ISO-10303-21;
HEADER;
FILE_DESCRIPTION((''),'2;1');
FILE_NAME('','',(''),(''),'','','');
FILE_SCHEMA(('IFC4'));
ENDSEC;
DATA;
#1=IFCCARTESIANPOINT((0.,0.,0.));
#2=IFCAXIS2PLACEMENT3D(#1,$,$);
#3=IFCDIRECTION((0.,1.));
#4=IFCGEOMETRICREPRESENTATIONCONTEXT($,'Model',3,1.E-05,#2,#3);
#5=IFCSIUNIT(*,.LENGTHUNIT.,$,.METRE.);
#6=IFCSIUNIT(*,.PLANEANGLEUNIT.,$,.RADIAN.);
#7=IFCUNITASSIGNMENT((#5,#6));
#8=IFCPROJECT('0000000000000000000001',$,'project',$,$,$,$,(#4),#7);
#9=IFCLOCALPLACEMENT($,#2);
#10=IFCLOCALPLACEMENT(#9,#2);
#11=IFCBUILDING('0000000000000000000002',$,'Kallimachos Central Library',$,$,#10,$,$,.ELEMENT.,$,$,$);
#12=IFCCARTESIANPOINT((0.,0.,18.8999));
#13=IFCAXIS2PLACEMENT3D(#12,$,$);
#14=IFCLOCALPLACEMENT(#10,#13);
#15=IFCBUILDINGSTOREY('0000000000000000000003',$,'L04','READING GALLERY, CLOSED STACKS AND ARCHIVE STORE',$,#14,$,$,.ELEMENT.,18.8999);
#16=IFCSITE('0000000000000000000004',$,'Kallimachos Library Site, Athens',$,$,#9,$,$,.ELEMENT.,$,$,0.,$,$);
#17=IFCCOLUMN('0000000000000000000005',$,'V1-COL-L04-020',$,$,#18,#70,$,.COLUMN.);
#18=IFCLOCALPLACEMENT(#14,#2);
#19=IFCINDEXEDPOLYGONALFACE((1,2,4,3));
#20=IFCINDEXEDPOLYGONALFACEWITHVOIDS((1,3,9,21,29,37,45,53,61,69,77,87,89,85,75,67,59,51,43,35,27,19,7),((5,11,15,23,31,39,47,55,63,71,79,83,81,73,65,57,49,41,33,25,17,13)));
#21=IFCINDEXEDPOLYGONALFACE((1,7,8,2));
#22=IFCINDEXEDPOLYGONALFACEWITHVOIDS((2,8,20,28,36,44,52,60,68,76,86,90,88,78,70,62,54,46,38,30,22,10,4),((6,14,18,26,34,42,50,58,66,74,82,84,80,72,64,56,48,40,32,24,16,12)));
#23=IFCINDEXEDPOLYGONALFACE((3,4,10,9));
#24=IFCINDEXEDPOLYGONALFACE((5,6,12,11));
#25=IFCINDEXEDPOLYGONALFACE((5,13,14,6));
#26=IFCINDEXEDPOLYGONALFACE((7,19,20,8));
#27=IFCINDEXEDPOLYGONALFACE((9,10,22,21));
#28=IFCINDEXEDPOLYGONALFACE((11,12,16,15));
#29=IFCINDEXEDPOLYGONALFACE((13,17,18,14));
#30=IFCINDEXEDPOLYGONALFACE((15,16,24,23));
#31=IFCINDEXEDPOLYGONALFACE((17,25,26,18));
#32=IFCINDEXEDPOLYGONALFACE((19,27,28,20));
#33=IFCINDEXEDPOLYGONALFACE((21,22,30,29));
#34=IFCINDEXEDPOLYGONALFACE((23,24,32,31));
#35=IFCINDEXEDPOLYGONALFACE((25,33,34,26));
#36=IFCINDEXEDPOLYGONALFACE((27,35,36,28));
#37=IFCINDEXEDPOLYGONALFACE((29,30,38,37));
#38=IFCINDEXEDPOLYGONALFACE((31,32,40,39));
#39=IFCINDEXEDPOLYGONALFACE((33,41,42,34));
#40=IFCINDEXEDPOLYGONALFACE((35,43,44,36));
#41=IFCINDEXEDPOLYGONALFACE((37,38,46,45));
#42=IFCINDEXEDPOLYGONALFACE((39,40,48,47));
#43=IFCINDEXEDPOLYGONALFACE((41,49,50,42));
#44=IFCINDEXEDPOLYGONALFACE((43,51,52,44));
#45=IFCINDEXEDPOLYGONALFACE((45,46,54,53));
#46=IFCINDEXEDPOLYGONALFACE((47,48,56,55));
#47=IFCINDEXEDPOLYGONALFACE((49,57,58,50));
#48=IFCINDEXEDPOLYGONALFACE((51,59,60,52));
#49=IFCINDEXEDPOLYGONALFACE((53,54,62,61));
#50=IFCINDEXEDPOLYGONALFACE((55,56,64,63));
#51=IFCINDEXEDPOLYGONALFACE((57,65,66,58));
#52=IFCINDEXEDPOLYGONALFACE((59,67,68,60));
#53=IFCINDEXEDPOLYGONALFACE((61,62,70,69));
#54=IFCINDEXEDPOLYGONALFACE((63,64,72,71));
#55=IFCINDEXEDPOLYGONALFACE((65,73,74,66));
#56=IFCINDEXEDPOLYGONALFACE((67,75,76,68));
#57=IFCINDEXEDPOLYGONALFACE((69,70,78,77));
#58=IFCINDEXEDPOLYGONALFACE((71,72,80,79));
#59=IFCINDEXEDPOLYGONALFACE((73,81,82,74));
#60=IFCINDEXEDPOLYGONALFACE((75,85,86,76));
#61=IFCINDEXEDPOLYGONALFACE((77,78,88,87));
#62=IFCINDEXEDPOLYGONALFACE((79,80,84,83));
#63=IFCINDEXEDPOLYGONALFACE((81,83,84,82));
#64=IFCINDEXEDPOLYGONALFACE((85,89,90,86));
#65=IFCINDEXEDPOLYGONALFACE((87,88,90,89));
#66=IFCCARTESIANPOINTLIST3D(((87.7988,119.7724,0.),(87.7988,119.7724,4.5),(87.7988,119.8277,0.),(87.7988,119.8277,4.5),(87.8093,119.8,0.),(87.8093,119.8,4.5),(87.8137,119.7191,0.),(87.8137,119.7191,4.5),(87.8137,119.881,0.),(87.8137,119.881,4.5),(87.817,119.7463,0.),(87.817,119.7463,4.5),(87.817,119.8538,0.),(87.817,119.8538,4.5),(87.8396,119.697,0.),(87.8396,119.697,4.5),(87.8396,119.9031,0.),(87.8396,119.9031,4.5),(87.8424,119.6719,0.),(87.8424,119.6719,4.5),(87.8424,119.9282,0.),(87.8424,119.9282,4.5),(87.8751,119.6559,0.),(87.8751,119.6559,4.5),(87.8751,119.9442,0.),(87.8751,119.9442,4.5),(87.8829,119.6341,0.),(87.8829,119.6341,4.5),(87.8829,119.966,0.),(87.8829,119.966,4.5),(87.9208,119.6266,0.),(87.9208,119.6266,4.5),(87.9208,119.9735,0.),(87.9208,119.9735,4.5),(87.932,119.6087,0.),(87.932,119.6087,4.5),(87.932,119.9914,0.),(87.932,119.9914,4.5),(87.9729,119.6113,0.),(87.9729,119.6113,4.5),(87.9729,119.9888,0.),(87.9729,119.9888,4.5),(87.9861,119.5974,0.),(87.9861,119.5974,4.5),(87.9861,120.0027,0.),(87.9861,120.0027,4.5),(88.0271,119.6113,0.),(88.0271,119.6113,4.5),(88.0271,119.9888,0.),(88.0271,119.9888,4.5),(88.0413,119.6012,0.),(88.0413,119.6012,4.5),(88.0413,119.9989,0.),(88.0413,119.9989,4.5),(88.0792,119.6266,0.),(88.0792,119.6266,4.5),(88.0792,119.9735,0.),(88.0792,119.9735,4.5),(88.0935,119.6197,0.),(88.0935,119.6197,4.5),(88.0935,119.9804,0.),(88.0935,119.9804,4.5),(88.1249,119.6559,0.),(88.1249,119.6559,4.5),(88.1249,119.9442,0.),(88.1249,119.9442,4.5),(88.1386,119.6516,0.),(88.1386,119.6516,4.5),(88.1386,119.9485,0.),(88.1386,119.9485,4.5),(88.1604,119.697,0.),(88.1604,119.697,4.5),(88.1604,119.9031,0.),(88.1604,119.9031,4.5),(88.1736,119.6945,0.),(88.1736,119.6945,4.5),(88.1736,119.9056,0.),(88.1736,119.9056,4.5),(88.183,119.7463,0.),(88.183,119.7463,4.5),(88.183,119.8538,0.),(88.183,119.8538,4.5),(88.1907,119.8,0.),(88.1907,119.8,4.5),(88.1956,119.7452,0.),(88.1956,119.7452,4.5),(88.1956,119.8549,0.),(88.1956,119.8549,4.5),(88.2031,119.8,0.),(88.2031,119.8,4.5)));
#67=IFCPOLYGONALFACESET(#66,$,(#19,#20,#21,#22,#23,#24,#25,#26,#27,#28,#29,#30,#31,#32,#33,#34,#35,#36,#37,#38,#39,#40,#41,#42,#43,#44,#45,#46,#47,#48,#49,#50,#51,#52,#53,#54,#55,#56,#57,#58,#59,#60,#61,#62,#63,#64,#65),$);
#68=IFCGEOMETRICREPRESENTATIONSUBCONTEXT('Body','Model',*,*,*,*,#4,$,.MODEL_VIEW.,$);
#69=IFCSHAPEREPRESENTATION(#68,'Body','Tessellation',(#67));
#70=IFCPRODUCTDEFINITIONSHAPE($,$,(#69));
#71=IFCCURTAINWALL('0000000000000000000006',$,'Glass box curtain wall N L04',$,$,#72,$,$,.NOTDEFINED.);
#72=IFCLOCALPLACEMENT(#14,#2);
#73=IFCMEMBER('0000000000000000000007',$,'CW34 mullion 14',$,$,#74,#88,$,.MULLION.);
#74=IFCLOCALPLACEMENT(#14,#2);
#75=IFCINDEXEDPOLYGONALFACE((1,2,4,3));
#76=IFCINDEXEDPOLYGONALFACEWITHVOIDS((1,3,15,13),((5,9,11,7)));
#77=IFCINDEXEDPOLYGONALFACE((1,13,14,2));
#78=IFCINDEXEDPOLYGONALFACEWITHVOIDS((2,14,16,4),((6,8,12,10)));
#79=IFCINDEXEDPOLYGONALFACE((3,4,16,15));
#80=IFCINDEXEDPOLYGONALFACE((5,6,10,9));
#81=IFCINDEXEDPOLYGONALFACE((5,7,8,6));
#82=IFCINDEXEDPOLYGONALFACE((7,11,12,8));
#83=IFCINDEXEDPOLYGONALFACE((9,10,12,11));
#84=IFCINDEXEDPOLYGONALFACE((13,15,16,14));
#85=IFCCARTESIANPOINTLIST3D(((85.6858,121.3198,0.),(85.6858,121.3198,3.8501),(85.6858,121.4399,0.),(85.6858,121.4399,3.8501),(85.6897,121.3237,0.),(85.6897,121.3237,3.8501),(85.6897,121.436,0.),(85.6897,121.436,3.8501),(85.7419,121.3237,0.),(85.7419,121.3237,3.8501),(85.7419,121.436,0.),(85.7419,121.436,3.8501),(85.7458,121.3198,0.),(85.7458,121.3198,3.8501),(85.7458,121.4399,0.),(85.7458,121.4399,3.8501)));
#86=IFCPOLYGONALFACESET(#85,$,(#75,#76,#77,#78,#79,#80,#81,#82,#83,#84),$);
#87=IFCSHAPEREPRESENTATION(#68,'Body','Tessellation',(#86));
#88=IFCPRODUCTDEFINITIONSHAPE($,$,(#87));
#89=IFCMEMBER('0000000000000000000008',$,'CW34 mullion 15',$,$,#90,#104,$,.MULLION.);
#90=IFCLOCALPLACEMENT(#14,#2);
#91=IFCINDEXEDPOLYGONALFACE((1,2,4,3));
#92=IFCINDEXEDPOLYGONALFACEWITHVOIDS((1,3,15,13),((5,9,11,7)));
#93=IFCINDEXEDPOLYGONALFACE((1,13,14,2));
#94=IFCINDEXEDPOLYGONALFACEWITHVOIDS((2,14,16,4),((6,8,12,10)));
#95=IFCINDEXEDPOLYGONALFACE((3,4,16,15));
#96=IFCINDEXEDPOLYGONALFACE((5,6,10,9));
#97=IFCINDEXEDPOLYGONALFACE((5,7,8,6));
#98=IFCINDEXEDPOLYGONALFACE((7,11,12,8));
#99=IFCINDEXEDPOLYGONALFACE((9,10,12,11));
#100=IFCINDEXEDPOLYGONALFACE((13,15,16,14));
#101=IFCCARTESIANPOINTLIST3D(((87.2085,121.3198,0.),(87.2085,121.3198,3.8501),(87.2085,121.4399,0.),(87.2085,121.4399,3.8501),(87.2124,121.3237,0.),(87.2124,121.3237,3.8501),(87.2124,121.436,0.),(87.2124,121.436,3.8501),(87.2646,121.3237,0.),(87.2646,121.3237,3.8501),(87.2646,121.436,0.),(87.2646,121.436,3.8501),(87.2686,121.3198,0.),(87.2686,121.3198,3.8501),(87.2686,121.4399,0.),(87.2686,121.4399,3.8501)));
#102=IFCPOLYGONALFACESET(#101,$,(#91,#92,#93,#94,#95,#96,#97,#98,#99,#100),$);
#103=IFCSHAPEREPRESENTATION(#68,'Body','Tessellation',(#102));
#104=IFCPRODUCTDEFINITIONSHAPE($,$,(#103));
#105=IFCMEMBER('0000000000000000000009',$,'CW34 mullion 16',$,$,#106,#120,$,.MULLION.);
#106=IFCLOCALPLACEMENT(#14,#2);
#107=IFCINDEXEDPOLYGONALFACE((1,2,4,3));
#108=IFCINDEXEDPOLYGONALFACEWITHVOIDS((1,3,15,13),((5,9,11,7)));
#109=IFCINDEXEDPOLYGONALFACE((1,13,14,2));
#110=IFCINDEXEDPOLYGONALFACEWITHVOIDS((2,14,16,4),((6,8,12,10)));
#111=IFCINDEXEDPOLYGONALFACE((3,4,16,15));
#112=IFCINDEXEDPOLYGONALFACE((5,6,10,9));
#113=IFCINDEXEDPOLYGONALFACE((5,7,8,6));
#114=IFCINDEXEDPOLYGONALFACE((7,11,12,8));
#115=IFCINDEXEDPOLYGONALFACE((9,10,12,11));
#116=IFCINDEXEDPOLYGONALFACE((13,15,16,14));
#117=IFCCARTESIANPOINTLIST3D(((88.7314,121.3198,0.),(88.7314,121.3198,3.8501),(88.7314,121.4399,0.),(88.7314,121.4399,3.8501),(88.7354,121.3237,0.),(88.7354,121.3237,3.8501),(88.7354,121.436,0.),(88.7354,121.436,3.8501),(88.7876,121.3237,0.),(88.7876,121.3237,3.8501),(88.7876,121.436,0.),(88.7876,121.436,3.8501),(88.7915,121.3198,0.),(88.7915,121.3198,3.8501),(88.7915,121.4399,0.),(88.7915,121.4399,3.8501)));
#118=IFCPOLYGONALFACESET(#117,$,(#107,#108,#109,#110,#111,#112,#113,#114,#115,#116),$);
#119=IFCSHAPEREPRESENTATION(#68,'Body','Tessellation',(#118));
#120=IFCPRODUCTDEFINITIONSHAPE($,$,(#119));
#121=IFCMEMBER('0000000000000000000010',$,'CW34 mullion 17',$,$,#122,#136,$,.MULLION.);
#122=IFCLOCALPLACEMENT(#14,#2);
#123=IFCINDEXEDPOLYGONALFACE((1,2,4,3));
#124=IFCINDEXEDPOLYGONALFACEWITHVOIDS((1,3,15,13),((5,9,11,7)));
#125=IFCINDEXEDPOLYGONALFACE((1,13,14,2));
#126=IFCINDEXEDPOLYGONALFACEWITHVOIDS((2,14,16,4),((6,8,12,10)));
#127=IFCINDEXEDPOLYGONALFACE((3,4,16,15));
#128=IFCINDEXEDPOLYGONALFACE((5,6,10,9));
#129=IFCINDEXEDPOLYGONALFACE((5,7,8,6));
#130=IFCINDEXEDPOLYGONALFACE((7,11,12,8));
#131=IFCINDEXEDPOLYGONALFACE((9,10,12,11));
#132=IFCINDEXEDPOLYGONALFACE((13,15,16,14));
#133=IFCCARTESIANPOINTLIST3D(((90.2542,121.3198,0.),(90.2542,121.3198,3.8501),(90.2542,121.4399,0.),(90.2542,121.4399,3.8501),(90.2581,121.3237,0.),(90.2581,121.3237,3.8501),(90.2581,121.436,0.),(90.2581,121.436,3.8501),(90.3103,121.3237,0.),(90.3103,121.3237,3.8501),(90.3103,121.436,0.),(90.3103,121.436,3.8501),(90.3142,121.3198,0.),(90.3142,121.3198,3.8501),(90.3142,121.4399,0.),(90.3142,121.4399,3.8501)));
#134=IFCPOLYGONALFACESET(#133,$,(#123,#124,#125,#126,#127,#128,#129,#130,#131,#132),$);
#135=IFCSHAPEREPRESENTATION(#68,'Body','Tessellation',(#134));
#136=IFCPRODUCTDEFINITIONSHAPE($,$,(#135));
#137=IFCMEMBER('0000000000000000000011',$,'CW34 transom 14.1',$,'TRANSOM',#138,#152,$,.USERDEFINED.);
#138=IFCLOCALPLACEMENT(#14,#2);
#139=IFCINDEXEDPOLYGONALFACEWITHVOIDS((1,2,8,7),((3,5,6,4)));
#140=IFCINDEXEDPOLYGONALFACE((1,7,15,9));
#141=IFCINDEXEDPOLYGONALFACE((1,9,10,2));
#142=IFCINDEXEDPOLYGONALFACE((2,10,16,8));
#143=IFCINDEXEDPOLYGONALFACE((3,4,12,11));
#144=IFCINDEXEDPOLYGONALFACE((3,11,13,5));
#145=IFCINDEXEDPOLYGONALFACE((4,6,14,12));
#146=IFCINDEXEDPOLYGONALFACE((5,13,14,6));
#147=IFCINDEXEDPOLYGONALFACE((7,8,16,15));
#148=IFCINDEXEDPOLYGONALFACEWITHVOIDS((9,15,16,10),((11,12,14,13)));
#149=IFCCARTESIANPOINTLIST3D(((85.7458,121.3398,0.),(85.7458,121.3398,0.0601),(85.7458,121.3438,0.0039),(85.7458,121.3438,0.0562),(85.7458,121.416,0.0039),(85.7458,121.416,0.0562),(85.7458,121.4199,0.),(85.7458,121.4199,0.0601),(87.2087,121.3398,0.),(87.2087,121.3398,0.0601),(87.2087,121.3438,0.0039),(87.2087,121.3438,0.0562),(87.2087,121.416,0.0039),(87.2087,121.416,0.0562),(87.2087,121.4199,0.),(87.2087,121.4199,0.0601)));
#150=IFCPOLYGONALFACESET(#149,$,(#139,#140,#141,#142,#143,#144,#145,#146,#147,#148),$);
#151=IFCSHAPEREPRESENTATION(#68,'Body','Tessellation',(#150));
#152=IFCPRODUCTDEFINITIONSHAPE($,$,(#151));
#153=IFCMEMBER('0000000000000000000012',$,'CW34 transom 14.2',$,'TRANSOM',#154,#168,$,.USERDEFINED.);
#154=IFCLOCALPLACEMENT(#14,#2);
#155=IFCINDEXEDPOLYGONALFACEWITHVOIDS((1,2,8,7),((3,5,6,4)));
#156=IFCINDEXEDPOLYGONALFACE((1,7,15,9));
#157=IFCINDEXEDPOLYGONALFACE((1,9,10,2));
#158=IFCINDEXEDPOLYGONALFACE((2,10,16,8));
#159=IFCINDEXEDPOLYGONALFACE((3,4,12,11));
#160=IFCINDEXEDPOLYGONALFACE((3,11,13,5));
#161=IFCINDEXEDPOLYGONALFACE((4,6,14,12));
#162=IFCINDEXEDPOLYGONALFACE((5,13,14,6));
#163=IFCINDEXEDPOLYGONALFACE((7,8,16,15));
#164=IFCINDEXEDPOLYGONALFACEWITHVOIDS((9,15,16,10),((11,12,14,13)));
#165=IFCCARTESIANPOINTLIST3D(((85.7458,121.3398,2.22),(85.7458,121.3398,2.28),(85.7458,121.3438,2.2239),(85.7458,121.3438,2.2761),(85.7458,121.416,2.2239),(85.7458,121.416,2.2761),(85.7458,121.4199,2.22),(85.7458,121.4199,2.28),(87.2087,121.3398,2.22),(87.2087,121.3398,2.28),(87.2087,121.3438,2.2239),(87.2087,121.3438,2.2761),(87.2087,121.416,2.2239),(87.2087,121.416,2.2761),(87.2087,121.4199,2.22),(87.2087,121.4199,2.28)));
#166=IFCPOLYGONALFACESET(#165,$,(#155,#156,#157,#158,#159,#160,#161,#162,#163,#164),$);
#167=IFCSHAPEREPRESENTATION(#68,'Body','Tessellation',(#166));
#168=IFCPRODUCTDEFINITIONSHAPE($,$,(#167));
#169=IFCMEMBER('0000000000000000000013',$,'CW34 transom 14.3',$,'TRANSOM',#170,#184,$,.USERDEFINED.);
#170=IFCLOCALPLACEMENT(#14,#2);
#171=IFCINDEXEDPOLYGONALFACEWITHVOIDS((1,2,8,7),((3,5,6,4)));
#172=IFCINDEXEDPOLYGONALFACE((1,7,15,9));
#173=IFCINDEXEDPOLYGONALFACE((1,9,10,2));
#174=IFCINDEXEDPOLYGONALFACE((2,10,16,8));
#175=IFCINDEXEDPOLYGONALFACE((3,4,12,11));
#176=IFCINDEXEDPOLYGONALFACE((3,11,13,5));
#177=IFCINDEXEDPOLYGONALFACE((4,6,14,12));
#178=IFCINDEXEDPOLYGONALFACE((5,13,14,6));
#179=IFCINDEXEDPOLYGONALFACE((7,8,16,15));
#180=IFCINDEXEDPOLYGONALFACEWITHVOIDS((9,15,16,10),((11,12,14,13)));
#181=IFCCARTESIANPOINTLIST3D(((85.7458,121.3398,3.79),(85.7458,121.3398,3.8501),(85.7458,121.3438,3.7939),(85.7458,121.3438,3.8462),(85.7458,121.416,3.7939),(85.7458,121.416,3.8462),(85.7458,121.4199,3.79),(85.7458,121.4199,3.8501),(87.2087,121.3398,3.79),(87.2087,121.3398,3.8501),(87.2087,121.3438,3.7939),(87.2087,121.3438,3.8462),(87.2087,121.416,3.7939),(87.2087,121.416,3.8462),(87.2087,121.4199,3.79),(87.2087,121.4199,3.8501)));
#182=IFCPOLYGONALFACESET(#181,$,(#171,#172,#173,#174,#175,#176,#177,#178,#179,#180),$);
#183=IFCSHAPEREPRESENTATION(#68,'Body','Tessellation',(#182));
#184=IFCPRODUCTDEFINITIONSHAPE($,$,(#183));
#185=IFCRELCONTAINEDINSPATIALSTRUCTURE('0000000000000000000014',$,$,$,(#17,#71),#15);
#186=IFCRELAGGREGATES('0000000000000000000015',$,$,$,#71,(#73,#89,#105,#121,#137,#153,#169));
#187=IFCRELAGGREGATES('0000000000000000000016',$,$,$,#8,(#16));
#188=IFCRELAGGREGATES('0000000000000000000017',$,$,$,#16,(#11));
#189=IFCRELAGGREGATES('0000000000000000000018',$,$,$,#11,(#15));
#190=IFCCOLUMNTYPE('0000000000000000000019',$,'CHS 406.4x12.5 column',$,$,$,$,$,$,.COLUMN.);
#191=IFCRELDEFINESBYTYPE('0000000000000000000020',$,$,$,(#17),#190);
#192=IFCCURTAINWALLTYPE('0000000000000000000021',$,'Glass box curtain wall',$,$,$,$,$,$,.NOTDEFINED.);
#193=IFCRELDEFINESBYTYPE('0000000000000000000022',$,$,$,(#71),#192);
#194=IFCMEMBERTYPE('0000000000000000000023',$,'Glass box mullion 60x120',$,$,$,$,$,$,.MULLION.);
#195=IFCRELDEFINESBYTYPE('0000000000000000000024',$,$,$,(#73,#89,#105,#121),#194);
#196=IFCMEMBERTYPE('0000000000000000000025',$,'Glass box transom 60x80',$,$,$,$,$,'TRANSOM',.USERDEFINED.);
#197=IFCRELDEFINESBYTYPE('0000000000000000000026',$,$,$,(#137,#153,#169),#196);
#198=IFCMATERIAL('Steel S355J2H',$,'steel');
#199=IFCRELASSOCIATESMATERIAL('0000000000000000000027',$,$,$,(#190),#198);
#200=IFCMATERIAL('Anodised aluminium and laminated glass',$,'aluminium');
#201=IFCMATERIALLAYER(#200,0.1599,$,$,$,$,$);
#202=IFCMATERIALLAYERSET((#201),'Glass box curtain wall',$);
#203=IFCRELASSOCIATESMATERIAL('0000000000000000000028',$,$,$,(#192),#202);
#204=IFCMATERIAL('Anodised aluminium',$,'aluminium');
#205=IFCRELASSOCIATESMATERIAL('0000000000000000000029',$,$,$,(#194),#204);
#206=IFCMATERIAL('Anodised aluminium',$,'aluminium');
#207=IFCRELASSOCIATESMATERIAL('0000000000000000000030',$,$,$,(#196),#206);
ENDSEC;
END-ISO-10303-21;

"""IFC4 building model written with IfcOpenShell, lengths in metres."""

from ifc_helpers import new_model, si_unit, direction, frame, origin, origin_2d, place, context, subcontext, project, spatial, hollow_rectangle, hollow_circle, extrude, material, layer, layer_set, material_profile, profile_set, type_object, element, aggregate, save


model = new_model("IFC4")

# Units and contexts
model_context = context("Model", 3, precision=1e-05, world=origin(), true_north=direction((0.0, 1.0)))
body_context = subcontext(model_context, "Body", "Model", "MODEL_VIEW")
ifc_project = project(units=[si_unit("LENGTHUNIT", "METRE"), si_unit("PLANEANGLEUNIT", "RADIAN")], contexts=[model_context])

# Site, building, storey
site_placement = place(None, origin())
site = spatial("IfcSite", under=ifc_project, at=site_placement, Name="Kallimachos Library Site, Athens", CompositionType="ELEMENT", RefElevation=0.0)
building_placement = place(site_placement, origin())
building = spatial("IfcBuilding", under=site, at=building_placement, Name="Kallimachos Central Library", CompositionType="ELEMENT")
storey_placement = place(building_placement, frame((0.0, 0.0, 18.8999)))
storey = spatial("IfcBuildingStorey", under=building, at=storey_placement, Name="L04", Description="READING GALLERY, CLOSED STACKS AND ARCHIVE STORE", CompositionType="ELEMENT", Elevation=18.8999)

# Column
ifc_material_1 = material(Name="Steel S355J2H", Category="steel")
ifc_material_profile_1 = material_profile(ifc_material_1, hollow_circle(Radius=0.2031, WallThickness=0.0125, at=origin_2d()), Name="CHS 406.4x12.5")
ifc_profile_set_1 = profile_set([ifc_material_profile_1], Name="Steel S355J2H")
column_type = type_object("IfcColumnType", Name="CHS 406.4x12.5 column", PredefinedType="COLUMN", material=ifc_profile_set_1)
column_placement = place(storey_placement, frame((88.0, 119.8, 0.0), z_axis=(0.0, 0.0, 1.0), x_axis=(1.0, 0.0, 0.0)))
element("IfcColumn", 1, at=column_placement, inside=storey, type_object=column_type, Name="V1-COL-L04-020", PredefinedType="COLUMN", context=body_context, shape_type="SweptSolid", body=[
    extrude(hollow_circle(Radius=0.2031, WallThickness=0.0125, at=origin_2d()), origin(), (0.0, 0.0, 1.0), 4.5),
])

# Curtain wall, members
ifc_material_2 = material(Name="Anodised aluminium and laminated glass", Category="aluminium")
ifc_layer_1 = layer(ifc_material_2, 0.1599)
ifc_layer_set_1 = layer_set([ifc_layer_1], Name="Glass box curtain wall")
curtain_wall_type = type_object("IfcCurtainWallType", Name="Glass box curtain wall", PredefinedType="NOTDEFINED", material=ifc_layer_set_1)
curtain_wall_placement = place(storey_placement, origin())
curtain_wall = element("IfcCurtainWall", 2, at=curtain_wall_placement, inside=storey, type_object=curtain_wall_type, Name="Glass box curtain wall N L04", PredefinedType="NOTDEFINED")
ifc_material_3 = material(Name="Anodised aluminium", Category="aluminium")
ifc_material_profile_2 = material_profile(ifc_material_3, hollow_rectangle(XDim=0.0601, YDim=0.1201, WallThickness=0.0039, at=origin_2d()), Name="ALU MULLION 60x120")
ifc_profile_set_2 = profile_set([ifc_material_profile_2], Name="Anodised aluminium")
member_type_1 = type_object("IfcMemberType", Name="Glass box mullion 60x120", PredefinedType="MULLION", material=ifc_profile_set_2)
member_1_placement = place(storey_placement, frame((85.7158, 121.3799, 0.0), z_axis=(0.0, 0.0, 1.0), x_axis=(1.0, 0.0, 0.0)))
member_1 = element("IfcMember", 3, at=member_1_placement, type_object=member_type_1, Name="CW34 mullion 14", PredefinedType="MULLION", context=body_context, shape_type="SweptSolid", body=[
    extrude(hollow_rectangle(XDim=0.0601, YDim=0.1201, WallThickness=0.0039, at=origin_2d()), origin(), (0.0, 0.0, 1.0), 3.8501),
])
member_2_placement = place(storey_placement, frame((87.2385, 121.3799, 0.0), z_axis=(0.0, 0.0, 1.0), x_axis=(1.0, 0.0, 0.0)))
member_2 = element("IfcMember", 4, at=member_2_placement, type_object=member_type_1, Name="CW34 mullion 15", PredefinedType="MULLION", context=body_context, shape_type="SweptSolid", body=[
    extrude(hollow_rectangle(XDim=0.0601, YDim=0.1201, WallThickness=0.0039, at=origin_2d()), origin(), (0.0, 0.0, 1.0), 3.8501),
])
member_3_placement = place(storey_placement, frame((88.7615, 121.3799, 0.0), z_axis=(0.0, 0.0, 1.0), x_axis=(1.0, 0.0, 0.0)))
member_3 = element("IfcMember", 5, at=member_3_placement, type_object=member_type_1, Name="CW34 mullion 16", PredefinedType="MULLION", context=body_context, shape_type="SweptSolid", body=[
    extrude(hollow_rectangle(XDim=0.0601, YDim=0.1201, WallThickness=0.0039, at=origin_2d()), origin(), (0.0, 0.0, 1.0), 3.8501),
])
member_4_placement = place(storey_placement, frame((90.2842, 121.3799, 0.0), z_axis=(0.0, 0.0, 1.0), x_axis=(1.0, 0.0, 0.0)))
member_4 = element("IfcMember", 6, at=member_4_placement, type_object=member_type_1, Name="CW34 mullion 17", PredefinedType="MULLION", context=body_context, shape_type="SweptSolid", body=[
    extrude(hollow_rectangle(XDim=0.0601, YDim=0.1201, WallThickness=0.0039, at=origin_2d()), origin(), (0.0, 0.0, 1.0), 3.8501),
])
ifc_material_4 = material(Name="Anodised aluminium", Category="aluminium")
ifc_material_profile_3 = material_profile(ifc_material_4, hollow_rectangle(XDim=0.0601, YDim=0.0801, WallThickness=0.0039, at=origin_2d()), Name="ALU TRANSOM 60x80")
ifc_profile_set_3 = profile_set([ifc_material_profile_3], Name="Anodised aluminium")
member_type_2 = type_object("IfcMemberType", Name="Glass box transom 60x80", ElementType="TRANSOM", PredefinedType="USERDEFINED", material=ifc_profile_set_3)
member_5_placement = place(storey_placement, frame((85.7458, 121.3799, 0.03), z_axis=(1.0, 0.0, 0.0), x_axis=(0.0, 0.0, 1.0)))
member_5 = element("IfcMember", 7, at=member_5_placement, type_object=member_type_2, Name="CW34 transom 14.1", ObjectType="TRANSOM", PredefinedType="USERDEFINED", context=body_context, shape_type="SweptSolid", body=[
    extrude(hollow_rectangle(XDim=0.0601, YDim=0.0801, WallThickness=0.0039, at=origin_2d()), origin(), (0.0, 0.0, 1.0), 1.4629),
])
member_6_placement = place(storey_placement, frame((85.7458, 121.3799, 2.25), z_axis=(1.0, 0.0, 0.0), x_axis=(0.0, 0.0, 1.0)))
member_6 = element("IfcMember", 8, at=member_6_placement, type_object=member_type_2, Name="CW34 transom 14.2", ObjectType="TRANSOM", PredefinedType="USERDEFINED", context=body_context, shape_type="SweptSolid", body=[
    extrude(hollow_rectangle(XDim=0.0601, YDim=0.0801, WallThickness=0.0039, at=origin_2d()), origin(), (0.0, 0.0, 1.0), 1.4629),
])
member_7_placement = place(storey_placement, frame((85.7458, 121.3799, 3.8201), z_axis=(1.0, 0.0, 0.0), x_axis=(0.0, 0.0, 1.0)))
member_7 = element("IfcMember", 9, at=member_7_placement, type_object=member_type_2, Name="CW34 transom 14.3", ObjectType="TRANSOM", PredefinedType="USERDEFINED", context=body_context, shape_type="SweptSolid", body=[
    extrude(hollow_rectangle(XDim=0.0601, YDim=0.0801, WallThickness=0.0039, at=origin_2d()), origin(), (0.0, 0.0, 1.0), 1.4629),
])

aggregate(curtain_wall, [member_1, member_2, member_3, member_4, member_5, member_6, member_7])

save(model, "model.ifc")
